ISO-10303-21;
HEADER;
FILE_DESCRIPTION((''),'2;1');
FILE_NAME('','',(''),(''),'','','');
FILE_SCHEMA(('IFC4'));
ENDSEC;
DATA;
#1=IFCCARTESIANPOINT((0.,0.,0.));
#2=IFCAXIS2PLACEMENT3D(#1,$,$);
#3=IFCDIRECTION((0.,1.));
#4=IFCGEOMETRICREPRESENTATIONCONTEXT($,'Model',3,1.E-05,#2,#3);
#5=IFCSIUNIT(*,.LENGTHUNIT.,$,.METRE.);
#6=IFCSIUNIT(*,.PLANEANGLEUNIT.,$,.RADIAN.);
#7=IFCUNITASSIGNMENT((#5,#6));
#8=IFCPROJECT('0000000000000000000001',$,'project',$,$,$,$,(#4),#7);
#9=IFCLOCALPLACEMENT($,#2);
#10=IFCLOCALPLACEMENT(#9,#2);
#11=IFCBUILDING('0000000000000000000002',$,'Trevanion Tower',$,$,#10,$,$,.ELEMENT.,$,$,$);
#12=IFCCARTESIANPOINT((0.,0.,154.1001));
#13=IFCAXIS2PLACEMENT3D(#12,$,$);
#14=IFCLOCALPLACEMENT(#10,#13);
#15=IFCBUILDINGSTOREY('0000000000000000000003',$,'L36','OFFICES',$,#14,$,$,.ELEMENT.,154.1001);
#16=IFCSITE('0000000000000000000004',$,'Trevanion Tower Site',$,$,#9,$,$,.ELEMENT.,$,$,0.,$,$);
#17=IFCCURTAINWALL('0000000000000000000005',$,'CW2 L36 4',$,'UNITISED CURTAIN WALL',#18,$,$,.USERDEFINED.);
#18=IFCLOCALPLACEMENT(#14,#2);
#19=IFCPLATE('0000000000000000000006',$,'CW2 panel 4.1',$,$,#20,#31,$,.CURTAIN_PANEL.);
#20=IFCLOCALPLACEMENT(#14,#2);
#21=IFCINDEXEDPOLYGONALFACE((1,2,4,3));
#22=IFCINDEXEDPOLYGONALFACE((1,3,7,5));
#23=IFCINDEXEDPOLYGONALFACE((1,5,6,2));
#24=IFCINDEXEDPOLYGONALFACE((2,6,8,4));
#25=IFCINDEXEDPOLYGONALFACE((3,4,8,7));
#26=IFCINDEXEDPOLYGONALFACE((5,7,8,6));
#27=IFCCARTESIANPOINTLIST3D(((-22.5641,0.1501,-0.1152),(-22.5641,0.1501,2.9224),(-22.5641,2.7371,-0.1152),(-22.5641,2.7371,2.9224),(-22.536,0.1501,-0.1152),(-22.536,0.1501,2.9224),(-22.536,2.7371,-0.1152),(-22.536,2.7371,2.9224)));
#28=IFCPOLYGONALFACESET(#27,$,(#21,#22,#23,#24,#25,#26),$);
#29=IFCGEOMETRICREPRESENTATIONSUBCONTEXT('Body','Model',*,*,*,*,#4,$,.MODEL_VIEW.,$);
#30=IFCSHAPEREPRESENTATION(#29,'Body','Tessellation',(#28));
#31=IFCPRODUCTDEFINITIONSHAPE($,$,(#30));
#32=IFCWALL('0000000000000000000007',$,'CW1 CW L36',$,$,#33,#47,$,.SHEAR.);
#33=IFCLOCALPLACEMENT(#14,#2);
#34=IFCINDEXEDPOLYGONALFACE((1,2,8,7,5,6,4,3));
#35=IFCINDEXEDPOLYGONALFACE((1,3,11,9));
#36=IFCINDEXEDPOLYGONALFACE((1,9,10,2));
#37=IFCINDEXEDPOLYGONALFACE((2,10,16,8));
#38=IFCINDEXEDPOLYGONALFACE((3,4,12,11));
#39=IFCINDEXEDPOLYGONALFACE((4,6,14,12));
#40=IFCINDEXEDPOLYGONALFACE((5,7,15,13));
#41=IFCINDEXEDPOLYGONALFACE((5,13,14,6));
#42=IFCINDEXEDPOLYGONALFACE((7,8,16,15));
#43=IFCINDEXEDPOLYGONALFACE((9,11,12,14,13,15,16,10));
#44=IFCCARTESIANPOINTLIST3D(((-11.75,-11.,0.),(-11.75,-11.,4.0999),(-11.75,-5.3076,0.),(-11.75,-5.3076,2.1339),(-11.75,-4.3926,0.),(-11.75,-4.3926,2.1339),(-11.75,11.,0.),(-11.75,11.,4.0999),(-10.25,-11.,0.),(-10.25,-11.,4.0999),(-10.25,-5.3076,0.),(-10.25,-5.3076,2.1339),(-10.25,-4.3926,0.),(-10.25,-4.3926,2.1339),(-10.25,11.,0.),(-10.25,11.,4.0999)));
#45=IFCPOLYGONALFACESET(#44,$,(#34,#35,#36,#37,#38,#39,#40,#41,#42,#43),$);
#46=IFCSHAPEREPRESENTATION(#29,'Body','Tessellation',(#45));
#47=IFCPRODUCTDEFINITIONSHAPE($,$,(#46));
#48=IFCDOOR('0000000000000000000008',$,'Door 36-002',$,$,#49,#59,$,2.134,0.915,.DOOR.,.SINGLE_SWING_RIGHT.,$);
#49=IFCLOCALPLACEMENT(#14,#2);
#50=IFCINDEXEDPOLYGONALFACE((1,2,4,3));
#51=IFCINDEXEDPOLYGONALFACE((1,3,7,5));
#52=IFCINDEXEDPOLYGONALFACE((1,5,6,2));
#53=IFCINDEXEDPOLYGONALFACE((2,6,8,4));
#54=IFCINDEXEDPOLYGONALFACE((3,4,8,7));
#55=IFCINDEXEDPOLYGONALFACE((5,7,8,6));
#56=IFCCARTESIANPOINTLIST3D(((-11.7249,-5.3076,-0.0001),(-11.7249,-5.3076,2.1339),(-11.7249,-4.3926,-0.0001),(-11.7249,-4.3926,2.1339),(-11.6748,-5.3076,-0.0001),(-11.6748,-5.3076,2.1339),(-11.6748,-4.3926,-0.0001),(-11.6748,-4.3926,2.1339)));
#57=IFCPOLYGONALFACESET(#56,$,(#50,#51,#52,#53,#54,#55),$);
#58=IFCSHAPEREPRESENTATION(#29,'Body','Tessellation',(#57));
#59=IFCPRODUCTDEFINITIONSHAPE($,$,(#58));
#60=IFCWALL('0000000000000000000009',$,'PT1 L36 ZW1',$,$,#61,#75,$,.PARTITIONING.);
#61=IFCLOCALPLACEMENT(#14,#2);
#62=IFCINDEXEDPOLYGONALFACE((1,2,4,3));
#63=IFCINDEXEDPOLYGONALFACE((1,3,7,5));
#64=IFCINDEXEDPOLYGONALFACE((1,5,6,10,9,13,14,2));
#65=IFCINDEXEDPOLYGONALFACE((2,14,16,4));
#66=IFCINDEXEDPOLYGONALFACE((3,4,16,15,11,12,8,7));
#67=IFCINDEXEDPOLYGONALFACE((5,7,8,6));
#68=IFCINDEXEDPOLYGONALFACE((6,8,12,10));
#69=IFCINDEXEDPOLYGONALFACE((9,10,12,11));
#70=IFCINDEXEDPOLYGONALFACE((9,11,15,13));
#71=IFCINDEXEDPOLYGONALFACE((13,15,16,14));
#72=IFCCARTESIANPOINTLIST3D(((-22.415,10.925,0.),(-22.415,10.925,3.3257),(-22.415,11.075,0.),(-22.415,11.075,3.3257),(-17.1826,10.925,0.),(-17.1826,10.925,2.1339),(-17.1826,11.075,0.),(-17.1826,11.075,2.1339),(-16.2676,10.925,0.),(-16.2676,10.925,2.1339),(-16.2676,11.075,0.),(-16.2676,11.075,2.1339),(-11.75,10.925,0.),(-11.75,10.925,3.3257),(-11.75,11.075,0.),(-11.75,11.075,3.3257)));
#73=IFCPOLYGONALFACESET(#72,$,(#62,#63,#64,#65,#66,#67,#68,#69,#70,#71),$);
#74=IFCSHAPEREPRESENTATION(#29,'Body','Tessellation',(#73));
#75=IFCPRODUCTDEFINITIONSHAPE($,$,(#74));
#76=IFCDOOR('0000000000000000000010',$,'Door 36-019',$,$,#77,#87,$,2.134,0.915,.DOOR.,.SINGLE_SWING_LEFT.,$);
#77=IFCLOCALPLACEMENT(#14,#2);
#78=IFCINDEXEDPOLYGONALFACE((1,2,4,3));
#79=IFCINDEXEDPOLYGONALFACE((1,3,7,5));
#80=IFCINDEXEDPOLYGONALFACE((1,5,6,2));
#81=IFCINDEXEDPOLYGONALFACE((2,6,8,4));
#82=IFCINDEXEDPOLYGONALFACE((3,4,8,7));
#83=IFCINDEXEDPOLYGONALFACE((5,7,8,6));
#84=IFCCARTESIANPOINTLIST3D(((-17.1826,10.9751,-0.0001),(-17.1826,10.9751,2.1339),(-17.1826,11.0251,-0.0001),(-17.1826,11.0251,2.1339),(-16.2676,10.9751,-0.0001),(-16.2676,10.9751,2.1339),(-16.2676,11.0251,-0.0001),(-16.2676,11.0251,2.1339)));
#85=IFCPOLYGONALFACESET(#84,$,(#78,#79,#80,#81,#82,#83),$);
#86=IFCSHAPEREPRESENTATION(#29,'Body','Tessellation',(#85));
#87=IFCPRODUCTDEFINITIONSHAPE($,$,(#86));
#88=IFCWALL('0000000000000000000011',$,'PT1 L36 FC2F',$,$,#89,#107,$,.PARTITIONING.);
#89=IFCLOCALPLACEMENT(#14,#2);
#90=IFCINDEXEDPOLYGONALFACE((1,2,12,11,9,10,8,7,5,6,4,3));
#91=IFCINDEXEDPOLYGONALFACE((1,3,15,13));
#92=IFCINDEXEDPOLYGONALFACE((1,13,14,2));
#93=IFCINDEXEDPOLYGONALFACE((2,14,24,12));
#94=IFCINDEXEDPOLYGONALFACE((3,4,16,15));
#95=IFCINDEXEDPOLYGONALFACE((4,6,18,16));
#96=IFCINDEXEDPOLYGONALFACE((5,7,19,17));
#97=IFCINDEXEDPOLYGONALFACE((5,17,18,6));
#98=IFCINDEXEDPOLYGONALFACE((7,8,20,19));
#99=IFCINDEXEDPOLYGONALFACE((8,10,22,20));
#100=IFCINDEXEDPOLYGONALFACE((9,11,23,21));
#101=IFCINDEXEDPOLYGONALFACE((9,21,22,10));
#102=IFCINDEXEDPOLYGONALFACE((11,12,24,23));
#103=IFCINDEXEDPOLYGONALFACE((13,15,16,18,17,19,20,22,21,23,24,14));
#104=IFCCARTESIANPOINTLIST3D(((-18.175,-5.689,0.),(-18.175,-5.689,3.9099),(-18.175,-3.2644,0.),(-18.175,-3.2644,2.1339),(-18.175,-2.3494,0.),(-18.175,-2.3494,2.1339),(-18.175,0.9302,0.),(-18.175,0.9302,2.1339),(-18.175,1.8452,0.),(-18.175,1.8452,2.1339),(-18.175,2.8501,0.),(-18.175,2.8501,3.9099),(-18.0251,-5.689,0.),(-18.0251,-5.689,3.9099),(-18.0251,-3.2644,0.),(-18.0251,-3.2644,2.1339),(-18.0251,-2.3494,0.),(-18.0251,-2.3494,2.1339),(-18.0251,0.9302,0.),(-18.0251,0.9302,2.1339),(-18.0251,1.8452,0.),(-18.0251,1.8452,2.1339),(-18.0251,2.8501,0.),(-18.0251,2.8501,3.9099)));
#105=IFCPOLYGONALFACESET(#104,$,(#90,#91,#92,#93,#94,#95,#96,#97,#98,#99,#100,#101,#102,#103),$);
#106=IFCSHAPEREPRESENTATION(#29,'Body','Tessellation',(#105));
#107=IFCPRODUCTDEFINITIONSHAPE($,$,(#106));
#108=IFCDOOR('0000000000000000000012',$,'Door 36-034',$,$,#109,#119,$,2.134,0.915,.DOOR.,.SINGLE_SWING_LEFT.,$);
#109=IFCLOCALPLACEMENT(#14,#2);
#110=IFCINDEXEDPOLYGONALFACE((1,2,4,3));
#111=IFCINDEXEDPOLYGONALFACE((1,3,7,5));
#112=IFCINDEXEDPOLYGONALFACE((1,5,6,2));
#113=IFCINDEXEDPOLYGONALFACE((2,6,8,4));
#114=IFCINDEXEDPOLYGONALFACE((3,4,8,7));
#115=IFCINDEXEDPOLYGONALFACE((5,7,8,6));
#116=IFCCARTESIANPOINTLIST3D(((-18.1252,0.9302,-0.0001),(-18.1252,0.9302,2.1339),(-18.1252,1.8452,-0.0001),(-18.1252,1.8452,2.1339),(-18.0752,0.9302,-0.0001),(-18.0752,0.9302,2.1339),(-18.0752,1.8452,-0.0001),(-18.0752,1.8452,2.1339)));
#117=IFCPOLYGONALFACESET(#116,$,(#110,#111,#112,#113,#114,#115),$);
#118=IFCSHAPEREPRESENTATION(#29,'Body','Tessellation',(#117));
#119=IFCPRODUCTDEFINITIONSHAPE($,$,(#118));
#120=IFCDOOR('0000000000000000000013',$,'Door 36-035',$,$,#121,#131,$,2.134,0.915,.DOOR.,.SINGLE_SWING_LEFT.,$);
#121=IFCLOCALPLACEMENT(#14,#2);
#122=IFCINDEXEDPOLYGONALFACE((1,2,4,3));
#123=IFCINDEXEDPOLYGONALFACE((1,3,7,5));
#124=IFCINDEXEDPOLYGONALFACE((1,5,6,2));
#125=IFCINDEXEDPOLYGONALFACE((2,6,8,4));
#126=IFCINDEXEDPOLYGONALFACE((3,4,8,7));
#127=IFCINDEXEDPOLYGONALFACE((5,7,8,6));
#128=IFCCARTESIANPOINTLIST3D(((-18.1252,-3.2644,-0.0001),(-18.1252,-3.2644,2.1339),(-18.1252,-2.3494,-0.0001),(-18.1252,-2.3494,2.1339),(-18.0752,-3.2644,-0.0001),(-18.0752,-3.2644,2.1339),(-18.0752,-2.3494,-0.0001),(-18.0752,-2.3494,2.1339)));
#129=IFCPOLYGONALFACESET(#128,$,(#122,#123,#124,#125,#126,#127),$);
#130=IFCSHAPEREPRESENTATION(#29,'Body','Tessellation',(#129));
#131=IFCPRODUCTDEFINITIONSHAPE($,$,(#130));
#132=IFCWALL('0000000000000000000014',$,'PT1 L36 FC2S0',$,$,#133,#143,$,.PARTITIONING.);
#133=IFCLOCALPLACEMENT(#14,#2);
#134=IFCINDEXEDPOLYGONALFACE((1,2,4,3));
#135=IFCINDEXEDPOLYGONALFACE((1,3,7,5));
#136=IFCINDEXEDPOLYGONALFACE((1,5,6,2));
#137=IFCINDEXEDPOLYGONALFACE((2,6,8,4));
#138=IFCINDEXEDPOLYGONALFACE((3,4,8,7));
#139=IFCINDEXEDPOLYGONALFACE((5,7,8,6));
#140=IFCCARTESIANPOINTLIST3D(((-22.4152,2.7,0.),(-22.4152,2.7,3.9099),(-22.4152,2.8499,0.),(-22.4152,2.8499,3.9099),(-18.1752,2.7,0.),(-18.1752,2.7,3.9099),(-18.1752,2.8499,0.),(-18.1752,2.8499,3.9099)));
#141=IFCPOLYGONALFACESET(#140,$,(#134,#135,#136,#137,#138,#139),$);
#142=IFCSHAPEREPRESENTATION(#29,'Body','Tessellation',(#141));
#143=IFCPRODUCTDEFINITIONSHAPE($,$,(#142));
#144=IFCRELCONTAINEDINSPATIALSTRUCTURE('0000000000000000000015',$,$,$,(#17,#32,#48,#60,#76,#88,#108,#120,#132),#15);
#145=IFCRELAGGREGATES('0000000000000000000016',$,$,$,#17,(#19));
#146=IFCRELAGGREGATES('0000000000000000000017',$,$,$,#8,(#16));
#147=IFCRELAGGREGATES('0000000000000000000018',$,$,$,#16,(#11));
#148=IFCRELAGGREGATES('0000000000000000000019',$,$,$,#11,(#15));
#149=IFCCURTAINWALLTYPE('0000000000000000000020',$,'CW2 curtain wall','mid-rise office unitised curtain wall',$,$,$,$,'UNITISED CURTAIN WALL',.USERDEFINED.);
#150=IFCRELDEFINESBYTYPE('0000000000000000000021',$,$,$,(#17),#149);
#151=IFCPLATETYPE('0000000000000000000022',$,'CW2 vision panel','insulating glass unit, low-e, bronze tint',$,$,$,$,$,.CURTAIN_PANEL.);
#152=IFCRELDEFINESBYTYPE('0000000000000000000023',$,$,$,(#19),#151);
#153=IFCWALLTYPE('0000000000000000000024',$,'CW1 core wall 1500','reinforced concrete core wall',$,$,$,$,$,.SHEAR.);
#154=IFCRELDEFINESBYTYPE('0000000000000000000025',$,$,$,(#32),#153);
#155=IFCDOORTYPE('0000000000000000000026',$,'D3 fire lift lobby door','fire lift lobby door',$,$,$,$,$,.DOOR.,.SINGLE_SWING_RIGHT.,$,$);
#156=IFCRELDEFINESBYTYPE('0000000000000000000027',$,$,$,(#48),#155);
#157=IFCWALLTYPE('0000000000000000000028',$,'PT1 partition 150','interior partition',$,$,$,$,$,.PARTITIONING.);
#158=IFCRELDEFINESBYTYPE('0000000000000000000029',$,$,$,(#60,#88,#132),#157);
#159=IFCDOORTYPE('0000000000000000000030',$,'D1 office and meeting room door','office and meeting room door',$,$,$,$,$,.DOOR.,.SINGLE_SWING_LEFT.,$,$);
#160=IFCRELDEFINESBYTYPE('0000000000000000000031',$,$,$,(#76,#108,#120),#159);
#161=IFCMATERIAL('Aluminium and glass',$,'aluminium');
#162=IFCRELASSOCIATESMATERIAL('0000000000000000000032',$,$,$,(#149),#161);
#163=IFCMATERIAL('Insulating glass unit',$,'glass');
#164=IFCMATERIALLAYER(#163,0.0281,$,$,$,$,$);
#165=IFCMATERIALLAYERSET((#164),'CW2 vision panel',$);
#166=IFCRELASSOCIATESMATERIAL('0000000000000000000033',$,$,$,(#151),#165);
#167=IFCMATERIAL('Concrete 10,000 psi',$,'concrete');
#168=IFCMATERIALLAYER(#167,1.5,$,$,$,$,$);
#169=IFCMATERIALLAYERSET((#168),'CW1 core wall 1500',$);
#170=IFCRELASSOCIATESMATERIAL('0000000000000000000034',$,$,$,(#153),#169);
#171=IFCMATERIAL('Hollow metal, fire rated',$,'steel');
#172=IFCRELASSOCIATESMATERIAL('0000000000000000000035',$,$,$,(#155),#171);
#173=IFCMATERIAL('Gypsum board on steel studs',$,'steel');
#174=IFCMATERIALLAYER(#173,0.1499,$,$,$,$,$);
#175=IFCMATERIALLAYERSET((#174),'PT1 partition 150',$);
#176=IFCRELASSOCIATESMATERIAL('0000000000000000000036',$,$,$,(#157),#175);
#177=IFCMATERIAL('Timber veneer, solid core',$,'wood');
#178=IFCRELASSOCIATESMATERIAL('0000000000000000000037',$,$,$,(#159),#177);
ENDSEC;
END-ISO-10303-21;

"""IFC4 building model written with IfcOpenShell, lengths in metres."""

from ifc_helpers import new_model, si_unit, direction, frame, frame_2d, origin, origin_2d, place, context, subcontext, project, spatial, rectangle, extrude, material, layer, layer_set, type_object, element, fill, aggregate, save


model = new_model("IFC4")

# Units and contexts
model_context = context("Model", 3, precision=1e-05, world=origin(), true_north=direction((0.0, 1.0)))
body_context = subcontext(model_context, "Body", "Model", "MODEL_VIEW")
ifc_project = project(units=[si_unit("LENGTHUNIT", "METRE"), si_unit("PLANEANGLEUNIT", "RADIAN")], contexts=[model_context])

# Site, building, storey
site_placement = place(None, origin())
site = spatial("IfcSite", under=ifc_project, at=site_placement, Name="Trevanion Tower Site", CompositionType="ELEMENT", RefElevation=0.0)
building_placement = place(site_placement, origin())
building = spatial("IfcBuilding", under=site, at=building_placement, Name="Trevanion Tower", CompositionType="ELEMENT")
storey_placement = place(building_placement, frame((0.0, 0.0, 154.1001)))
storey = spatial("IfcBuildingStorey", under=building, at=storey_placement, Name="L36", Description="OFFICES", CompositionType="ELEMENT", Elevation=154.1001)

# Curtain wall
ifc_material_1 = material(Name="Aluminium and glass", Category="aluminium")
curtain_wall_type = type_object("IfcCurtainWallType", Name="CW2 curtain wall", Description="mid-rise office unitised curtain wall", ElementType="UNITISED CURTAIN WALL", PredefinedType="USERDEFINED", material=ifc_material_1)
curtain_wall_placement = place(storey_placement, origin())
curtain_wall = element("IfcCurtainWall", 1, at=curtain_wall_placement, inside=storey, type_object=curtain_wall_type, Name="CW2 L36 4", ObjectType="UNITISED CURTAIN WALL", PredefinedType="USERDEFINED")

# Plate
ifc_material_2 = material(Name="Insulating glass unit", Category="glass")
ifc_layer_1 = layer(ifc_material_2, 0.0281)
ifc_layer_set_1 = layer_set([ifc_layer_1], Name="CW2 vision panel")
plate_type_1 = type_object("IfcPlateType", Name="CW2 vision panel", Description="insulating glass unit, low-e, bronze tint", PredefinedType="CURTAIN_PANEL", material=ifc_layer_set_1)
plate_1_placement = place(storey_placement, frame((-22.55, 1.4436, -0.1152), z_axis=(0.0, 0.0, 1.0), x_axis=(0.0, -1.0, 0.0)))
plate_1 = element("IfcPlate", 2, at=plate_1_placement, type_object=plate_type_1, Name="CW2 panel 4.1", PredefinedType="CURTAIN_PANEL", context=body_context, shape_type="SweptSolid", body=[
    extrude(rectangle(XDim=2.5869, YDim=0.0281, at=origin_2d()), origin(), (0.0, 0.0, 1.0), 3.0376),
])
aggregate(curtain_wall, [plate_1])

# Walls, openings, doors
ifc_material_3 = material(Name="Concrete 10,000 psi", Category="concrete")
ifc_layer_2 = layer(ifc_material_3, 1.5)
ifc_layer_set_2 = layer_set([ifc_layer_2], Name="CW1 core wall 1500")
wall_type_1 = type_object("IfcWallType", Name="CW1 core wall 1500", Description="reinforced concrete core wall", PredefinedType="SHEAR", material=ifc_layer_set_2)
wall_1_placement = place(storey_placement, frame((-11.0, 11.0, 0.0), z_axis=(0.0, 0.0, 1.0), x_axis=(0.0, -1.0, 0.0)))
wall_1 = element("IfcWall", 3, at=wall_1_placement, inside=storey, type_object=wall_type_1, Name="CW1 CW L36", PredefinedType="SHEAR", context=body_context, shape_type="SweptSolid", body=[
    extrude(rectangle(XDim=22.0, YDim=1.5, at=frame_2d((11.0, 0.0))), origin(), (0.0, 0.0, 1.0), 4.0999),
])
opening_1_placement = place(wall_1_placement, frame((15.3926, 0.0, 0.0)))
opening_1 = element("IfcOpeningElement", 4, at=opening_1_placement, cuts=wall_1, PredefinedType="OPENING", context=body_context, shape_type="SweptSolid", body=[
    extrude(rectangle(XDim=0.915, YDim=2.134, at=frame_2d((0.4575, 1.0669))), frame((0.0, 0.76, 0.0), z_axis=(0.0, -1.0, 0.0), x_axis=(1.0, 0.0, 0.0)), (0.0, 0.0, 1.0), 1.52),
])
ifc_material_4 = material(Name="Hollow metal, fire rated", Category="steel")
door_type_1 = type_object("IfcDoorType", Name="D3 fire lift lobby door", Description="fire lift lobby door", OperationType="SINGLE_SWING_RIGHT", PredefinedType="DOOR", material=ifc_material_4)
door_1_placement = place(opening_1_placement, origin())
door_1 = element("IfcDoor", 5, at=door_1_placement, inside=storey, type_object=door_type_1, Name="Door 36-002", OperationType="SINGLE_SWING_RIGHT", OverallHeight=2.134, OverallWidth=0.915, PredefinedType="DOOR", context=body_context, shape_type="SweptSolid", body=[
    extrude(rectangle(XDim=0.915, YDim=2.134, at=frame_2d((0.4575, 1.0669))), frame((0.0, -0.6748, 0.0), z_axis=(0.0, -1.0, 0.0), x_axis=(1.0, 0.0, 0.0)), (0.0, 0.0, 1.0), 0.05),
])
fill(opening_1, door_1)
ifc_material_5 = material(Name="Gypsum board on steel studs", Category="steel")
ifc_layer_3 = layer(ifc_material_5, 0.1499)
ifc_layer_set_3 = layer_set([ifc_layer_3], Name="PT1 partition 150")
wall_type_2 = type_object("IfcWallType", Name="PT1 partition 150", Description="interior partition", PredefinedType="PARTITIONING", material=ifc_layer_set_3)
wall_2_placement = place(storey_placement, frame((-11.75, 11.0, 0.0), z_axis=(0.0, 0.0, 1.0), x_axis=(-1.0, 0.0, 0.0)))
wall_2 = element("IfcWall", 6, at=wall_2_placement, inside=storey, type_object=wall_type_2, Name="PT1 L36 ZW1", PredefinedType="PARTITIONING", context=body_context, shape_type="SweptSolid", body=[
    extrude(rectangle(XDim=10.665, YDim=0.1499, at=frame_2d((5.3325, 0.0))), origin(), (0.0, 0.0, 1.0), 3.3257),
])
opening_2_placement = place(wall_2_placement, frame((4.5176, 0.0, 0.0)))
opening_2 = element("IfcOpeningElement", 7, at=opening_2_placement, cuts=wall_2, PredefinedType="OPENING", context=body_context, shape_type="SweptSolid", body=[
    extrude(rectangle(XDim=0.915, YDim=2.134, at=frame_2d((0.4575, 1.0669))), frame((0.0, 0.085, 0.0), z_axis=(0.0, -1.0, 0.0), x_axis=(1.0, 0.0, 0.0)), (0.0, 0.0, 1.0), 0.1699),
])
ifc_material_6 = material(Name="Timber veneer, solid core", Category="wood")
door_type_2 = type_object("IfcDoorType", Name="D1 office and meeting room door", Description="office and meeting room door", OperationType="SINGLE_SWING_LEFT", PredefinedType="DOOR", material=ifc_material_6)
door_2_placement = place(opening_2_placement, origin())
door_2 = element("IfcDoor", 8, at=door_2_placement, inside=storey, type_object=door_type_2, Name="Door 36-019", OperationType="SINGLE_SWING_LEFT", OverallHeight=2.134, OverallWidth=0.915, PredefinedType="DOOR", context=body_context, shape_type="SweptSolid", body=[
    extrude(rectangle(XDim=0.915, YDim=2.134, at=frame_2d((0.4575, 1.0669))), frame((0.0, 0.0249, 0.0), z_axis=(0.0, -1.0, 0.0), x_axis=(1.0, 0.0, 0.0)), (0.0, 0.0, 1.0), 0.05),
])
fill(opening_2, door_2)

# Wall, openings, doors
wall_3_placement = place(storey_placement, frame((-18.1001, 2.8501, 0.0), z_axis=(0.0, 0.0, 1.0), x_axis=(0.0, -1.0, 0.0)))
wall_3 = element("IfcWall", 9, at=wall_3_placement, inside=storey, type_object=wall_type_2, Name="PT1 L36 FC2F", PredefinedType="PARTITIONING", context=body_context, shape_type="SweptSolid", body=[
    extrude(rectangle(XDim=8.5391, YDim=0.1499, at=frame_2d((4.2695, 0.0))), origin(), (0.0, 0.0, 1.0), 3.9099),
])
opening_3_placement = place(wall_3_placement, frame((1.0049, 0.0, 0.0)))
opening_3 = element("IfcOpeningElement", 10, at=opening_3_placement, cuts=wall_3, PredefinedType="OPENING", context=body_context, shape_type="SweptSolid", body=[
    extrude(rectangle(XDim=0.915, YDim=2.134, at=frame_2d((0.4575, 1.0669))), frame((0.0, 0.085, 0.0), z_axis=(0.0, -1.0, 0.0), x_axis=(1.0, 0.0, 0.0)), (0.0, 0.0, 1.0), 0.1699),
])
opening_4_placement = place(wall_3_placement, frame((5.1995, 0.0, 0.0)))
opening_4 = element("IfcOpeningElement", 11, at=opening_4_placement, cuts=wall_3, PredefinedType="OPENING", context=body_context, shape_type="SweptSolid", body=[
    extrude(rectangle(XDim=0.915, YDim=2.134, at=frame_2d((0.4575, 1.0669))), frame((0.0, 0.085, 0.0), z_axis=(0.0, -1.0, 0.0), x_axis=(1.0, 0.0, 0.0)), (0.0, 0.0, 1.0), 0.1699),
])
door_3_placement = place(opening_3_placement, origin())
door_3 = element("IfcDoor", 12, at=door_3_placement, inside=storey, type_object=door_type_2, Name="Door 36-034", OperationType="SINGLE_SWING_LEFT", OverallHeight=2.134, OverallWidth=0.915, PredefinedType="DOOR", context=body_context, shape_type="SweptSolid", body=[
    extrude(rectangle(XDim=0.915, YDim=2.134, at=frame_2d((0.4575, 1.0669))), frame((0.0, 0.0249, 0.0), z_axis=(0.0, -1.0, 0.0), x_axis=(1.0, 0.0, 0.0)), (0.0, 0.0, 1.0), 0.05),
])
fill(opening_3, door_3)
door_4_placement = place(opening_4_placement, origin())
door_4 = element("IfcDoor", 13, at=door_4_placement, inside=storey, type_object=door_type_2, Name="Door 36-035", OperationType="SINGLE_SWING_LEFT", OverallHeight=2.134, OverallWidth=0.915, PredefinedType="DOOR", context=body_context, shape_type="SweptSolid", body=[
    extrude(rectangle(XDim=0.915, YDim=2.134, at=frame_2d((0.4575, 1.0669))), frame((0.0, 0.0249, 0.0), z_axis=(0.0, -1.0, 0.0), x_axis=(1.0, 0.0, 0.0)), (0.0, 0.0, 1.0), 0.05),
])
fill(opening_4, door_4)

# Wall
wall_4_placement = place(storey_placement, frame((-18.175, 2.7749, 0.0), z_axis=(0.0, 0.0, 1.0), x_axis=(-1.0, 0.0, 0.0)))
element("IfcWall", 14, at=wall_4_placement, inside=storey, type_object=wall_type_2, Name="PT1 L36 FC2S0", PredefinedType="PARTITIONING", context=body_context, shape_type="SweptSolid", body=[
    extrude(rectangle(XDim=4.24, YDim=0.1499, at=frame_2d((2.1201, 0.0))), origin(), (0.0, 0.0, 1.0), 3.9099),
])

save(model, "model.ifc")
